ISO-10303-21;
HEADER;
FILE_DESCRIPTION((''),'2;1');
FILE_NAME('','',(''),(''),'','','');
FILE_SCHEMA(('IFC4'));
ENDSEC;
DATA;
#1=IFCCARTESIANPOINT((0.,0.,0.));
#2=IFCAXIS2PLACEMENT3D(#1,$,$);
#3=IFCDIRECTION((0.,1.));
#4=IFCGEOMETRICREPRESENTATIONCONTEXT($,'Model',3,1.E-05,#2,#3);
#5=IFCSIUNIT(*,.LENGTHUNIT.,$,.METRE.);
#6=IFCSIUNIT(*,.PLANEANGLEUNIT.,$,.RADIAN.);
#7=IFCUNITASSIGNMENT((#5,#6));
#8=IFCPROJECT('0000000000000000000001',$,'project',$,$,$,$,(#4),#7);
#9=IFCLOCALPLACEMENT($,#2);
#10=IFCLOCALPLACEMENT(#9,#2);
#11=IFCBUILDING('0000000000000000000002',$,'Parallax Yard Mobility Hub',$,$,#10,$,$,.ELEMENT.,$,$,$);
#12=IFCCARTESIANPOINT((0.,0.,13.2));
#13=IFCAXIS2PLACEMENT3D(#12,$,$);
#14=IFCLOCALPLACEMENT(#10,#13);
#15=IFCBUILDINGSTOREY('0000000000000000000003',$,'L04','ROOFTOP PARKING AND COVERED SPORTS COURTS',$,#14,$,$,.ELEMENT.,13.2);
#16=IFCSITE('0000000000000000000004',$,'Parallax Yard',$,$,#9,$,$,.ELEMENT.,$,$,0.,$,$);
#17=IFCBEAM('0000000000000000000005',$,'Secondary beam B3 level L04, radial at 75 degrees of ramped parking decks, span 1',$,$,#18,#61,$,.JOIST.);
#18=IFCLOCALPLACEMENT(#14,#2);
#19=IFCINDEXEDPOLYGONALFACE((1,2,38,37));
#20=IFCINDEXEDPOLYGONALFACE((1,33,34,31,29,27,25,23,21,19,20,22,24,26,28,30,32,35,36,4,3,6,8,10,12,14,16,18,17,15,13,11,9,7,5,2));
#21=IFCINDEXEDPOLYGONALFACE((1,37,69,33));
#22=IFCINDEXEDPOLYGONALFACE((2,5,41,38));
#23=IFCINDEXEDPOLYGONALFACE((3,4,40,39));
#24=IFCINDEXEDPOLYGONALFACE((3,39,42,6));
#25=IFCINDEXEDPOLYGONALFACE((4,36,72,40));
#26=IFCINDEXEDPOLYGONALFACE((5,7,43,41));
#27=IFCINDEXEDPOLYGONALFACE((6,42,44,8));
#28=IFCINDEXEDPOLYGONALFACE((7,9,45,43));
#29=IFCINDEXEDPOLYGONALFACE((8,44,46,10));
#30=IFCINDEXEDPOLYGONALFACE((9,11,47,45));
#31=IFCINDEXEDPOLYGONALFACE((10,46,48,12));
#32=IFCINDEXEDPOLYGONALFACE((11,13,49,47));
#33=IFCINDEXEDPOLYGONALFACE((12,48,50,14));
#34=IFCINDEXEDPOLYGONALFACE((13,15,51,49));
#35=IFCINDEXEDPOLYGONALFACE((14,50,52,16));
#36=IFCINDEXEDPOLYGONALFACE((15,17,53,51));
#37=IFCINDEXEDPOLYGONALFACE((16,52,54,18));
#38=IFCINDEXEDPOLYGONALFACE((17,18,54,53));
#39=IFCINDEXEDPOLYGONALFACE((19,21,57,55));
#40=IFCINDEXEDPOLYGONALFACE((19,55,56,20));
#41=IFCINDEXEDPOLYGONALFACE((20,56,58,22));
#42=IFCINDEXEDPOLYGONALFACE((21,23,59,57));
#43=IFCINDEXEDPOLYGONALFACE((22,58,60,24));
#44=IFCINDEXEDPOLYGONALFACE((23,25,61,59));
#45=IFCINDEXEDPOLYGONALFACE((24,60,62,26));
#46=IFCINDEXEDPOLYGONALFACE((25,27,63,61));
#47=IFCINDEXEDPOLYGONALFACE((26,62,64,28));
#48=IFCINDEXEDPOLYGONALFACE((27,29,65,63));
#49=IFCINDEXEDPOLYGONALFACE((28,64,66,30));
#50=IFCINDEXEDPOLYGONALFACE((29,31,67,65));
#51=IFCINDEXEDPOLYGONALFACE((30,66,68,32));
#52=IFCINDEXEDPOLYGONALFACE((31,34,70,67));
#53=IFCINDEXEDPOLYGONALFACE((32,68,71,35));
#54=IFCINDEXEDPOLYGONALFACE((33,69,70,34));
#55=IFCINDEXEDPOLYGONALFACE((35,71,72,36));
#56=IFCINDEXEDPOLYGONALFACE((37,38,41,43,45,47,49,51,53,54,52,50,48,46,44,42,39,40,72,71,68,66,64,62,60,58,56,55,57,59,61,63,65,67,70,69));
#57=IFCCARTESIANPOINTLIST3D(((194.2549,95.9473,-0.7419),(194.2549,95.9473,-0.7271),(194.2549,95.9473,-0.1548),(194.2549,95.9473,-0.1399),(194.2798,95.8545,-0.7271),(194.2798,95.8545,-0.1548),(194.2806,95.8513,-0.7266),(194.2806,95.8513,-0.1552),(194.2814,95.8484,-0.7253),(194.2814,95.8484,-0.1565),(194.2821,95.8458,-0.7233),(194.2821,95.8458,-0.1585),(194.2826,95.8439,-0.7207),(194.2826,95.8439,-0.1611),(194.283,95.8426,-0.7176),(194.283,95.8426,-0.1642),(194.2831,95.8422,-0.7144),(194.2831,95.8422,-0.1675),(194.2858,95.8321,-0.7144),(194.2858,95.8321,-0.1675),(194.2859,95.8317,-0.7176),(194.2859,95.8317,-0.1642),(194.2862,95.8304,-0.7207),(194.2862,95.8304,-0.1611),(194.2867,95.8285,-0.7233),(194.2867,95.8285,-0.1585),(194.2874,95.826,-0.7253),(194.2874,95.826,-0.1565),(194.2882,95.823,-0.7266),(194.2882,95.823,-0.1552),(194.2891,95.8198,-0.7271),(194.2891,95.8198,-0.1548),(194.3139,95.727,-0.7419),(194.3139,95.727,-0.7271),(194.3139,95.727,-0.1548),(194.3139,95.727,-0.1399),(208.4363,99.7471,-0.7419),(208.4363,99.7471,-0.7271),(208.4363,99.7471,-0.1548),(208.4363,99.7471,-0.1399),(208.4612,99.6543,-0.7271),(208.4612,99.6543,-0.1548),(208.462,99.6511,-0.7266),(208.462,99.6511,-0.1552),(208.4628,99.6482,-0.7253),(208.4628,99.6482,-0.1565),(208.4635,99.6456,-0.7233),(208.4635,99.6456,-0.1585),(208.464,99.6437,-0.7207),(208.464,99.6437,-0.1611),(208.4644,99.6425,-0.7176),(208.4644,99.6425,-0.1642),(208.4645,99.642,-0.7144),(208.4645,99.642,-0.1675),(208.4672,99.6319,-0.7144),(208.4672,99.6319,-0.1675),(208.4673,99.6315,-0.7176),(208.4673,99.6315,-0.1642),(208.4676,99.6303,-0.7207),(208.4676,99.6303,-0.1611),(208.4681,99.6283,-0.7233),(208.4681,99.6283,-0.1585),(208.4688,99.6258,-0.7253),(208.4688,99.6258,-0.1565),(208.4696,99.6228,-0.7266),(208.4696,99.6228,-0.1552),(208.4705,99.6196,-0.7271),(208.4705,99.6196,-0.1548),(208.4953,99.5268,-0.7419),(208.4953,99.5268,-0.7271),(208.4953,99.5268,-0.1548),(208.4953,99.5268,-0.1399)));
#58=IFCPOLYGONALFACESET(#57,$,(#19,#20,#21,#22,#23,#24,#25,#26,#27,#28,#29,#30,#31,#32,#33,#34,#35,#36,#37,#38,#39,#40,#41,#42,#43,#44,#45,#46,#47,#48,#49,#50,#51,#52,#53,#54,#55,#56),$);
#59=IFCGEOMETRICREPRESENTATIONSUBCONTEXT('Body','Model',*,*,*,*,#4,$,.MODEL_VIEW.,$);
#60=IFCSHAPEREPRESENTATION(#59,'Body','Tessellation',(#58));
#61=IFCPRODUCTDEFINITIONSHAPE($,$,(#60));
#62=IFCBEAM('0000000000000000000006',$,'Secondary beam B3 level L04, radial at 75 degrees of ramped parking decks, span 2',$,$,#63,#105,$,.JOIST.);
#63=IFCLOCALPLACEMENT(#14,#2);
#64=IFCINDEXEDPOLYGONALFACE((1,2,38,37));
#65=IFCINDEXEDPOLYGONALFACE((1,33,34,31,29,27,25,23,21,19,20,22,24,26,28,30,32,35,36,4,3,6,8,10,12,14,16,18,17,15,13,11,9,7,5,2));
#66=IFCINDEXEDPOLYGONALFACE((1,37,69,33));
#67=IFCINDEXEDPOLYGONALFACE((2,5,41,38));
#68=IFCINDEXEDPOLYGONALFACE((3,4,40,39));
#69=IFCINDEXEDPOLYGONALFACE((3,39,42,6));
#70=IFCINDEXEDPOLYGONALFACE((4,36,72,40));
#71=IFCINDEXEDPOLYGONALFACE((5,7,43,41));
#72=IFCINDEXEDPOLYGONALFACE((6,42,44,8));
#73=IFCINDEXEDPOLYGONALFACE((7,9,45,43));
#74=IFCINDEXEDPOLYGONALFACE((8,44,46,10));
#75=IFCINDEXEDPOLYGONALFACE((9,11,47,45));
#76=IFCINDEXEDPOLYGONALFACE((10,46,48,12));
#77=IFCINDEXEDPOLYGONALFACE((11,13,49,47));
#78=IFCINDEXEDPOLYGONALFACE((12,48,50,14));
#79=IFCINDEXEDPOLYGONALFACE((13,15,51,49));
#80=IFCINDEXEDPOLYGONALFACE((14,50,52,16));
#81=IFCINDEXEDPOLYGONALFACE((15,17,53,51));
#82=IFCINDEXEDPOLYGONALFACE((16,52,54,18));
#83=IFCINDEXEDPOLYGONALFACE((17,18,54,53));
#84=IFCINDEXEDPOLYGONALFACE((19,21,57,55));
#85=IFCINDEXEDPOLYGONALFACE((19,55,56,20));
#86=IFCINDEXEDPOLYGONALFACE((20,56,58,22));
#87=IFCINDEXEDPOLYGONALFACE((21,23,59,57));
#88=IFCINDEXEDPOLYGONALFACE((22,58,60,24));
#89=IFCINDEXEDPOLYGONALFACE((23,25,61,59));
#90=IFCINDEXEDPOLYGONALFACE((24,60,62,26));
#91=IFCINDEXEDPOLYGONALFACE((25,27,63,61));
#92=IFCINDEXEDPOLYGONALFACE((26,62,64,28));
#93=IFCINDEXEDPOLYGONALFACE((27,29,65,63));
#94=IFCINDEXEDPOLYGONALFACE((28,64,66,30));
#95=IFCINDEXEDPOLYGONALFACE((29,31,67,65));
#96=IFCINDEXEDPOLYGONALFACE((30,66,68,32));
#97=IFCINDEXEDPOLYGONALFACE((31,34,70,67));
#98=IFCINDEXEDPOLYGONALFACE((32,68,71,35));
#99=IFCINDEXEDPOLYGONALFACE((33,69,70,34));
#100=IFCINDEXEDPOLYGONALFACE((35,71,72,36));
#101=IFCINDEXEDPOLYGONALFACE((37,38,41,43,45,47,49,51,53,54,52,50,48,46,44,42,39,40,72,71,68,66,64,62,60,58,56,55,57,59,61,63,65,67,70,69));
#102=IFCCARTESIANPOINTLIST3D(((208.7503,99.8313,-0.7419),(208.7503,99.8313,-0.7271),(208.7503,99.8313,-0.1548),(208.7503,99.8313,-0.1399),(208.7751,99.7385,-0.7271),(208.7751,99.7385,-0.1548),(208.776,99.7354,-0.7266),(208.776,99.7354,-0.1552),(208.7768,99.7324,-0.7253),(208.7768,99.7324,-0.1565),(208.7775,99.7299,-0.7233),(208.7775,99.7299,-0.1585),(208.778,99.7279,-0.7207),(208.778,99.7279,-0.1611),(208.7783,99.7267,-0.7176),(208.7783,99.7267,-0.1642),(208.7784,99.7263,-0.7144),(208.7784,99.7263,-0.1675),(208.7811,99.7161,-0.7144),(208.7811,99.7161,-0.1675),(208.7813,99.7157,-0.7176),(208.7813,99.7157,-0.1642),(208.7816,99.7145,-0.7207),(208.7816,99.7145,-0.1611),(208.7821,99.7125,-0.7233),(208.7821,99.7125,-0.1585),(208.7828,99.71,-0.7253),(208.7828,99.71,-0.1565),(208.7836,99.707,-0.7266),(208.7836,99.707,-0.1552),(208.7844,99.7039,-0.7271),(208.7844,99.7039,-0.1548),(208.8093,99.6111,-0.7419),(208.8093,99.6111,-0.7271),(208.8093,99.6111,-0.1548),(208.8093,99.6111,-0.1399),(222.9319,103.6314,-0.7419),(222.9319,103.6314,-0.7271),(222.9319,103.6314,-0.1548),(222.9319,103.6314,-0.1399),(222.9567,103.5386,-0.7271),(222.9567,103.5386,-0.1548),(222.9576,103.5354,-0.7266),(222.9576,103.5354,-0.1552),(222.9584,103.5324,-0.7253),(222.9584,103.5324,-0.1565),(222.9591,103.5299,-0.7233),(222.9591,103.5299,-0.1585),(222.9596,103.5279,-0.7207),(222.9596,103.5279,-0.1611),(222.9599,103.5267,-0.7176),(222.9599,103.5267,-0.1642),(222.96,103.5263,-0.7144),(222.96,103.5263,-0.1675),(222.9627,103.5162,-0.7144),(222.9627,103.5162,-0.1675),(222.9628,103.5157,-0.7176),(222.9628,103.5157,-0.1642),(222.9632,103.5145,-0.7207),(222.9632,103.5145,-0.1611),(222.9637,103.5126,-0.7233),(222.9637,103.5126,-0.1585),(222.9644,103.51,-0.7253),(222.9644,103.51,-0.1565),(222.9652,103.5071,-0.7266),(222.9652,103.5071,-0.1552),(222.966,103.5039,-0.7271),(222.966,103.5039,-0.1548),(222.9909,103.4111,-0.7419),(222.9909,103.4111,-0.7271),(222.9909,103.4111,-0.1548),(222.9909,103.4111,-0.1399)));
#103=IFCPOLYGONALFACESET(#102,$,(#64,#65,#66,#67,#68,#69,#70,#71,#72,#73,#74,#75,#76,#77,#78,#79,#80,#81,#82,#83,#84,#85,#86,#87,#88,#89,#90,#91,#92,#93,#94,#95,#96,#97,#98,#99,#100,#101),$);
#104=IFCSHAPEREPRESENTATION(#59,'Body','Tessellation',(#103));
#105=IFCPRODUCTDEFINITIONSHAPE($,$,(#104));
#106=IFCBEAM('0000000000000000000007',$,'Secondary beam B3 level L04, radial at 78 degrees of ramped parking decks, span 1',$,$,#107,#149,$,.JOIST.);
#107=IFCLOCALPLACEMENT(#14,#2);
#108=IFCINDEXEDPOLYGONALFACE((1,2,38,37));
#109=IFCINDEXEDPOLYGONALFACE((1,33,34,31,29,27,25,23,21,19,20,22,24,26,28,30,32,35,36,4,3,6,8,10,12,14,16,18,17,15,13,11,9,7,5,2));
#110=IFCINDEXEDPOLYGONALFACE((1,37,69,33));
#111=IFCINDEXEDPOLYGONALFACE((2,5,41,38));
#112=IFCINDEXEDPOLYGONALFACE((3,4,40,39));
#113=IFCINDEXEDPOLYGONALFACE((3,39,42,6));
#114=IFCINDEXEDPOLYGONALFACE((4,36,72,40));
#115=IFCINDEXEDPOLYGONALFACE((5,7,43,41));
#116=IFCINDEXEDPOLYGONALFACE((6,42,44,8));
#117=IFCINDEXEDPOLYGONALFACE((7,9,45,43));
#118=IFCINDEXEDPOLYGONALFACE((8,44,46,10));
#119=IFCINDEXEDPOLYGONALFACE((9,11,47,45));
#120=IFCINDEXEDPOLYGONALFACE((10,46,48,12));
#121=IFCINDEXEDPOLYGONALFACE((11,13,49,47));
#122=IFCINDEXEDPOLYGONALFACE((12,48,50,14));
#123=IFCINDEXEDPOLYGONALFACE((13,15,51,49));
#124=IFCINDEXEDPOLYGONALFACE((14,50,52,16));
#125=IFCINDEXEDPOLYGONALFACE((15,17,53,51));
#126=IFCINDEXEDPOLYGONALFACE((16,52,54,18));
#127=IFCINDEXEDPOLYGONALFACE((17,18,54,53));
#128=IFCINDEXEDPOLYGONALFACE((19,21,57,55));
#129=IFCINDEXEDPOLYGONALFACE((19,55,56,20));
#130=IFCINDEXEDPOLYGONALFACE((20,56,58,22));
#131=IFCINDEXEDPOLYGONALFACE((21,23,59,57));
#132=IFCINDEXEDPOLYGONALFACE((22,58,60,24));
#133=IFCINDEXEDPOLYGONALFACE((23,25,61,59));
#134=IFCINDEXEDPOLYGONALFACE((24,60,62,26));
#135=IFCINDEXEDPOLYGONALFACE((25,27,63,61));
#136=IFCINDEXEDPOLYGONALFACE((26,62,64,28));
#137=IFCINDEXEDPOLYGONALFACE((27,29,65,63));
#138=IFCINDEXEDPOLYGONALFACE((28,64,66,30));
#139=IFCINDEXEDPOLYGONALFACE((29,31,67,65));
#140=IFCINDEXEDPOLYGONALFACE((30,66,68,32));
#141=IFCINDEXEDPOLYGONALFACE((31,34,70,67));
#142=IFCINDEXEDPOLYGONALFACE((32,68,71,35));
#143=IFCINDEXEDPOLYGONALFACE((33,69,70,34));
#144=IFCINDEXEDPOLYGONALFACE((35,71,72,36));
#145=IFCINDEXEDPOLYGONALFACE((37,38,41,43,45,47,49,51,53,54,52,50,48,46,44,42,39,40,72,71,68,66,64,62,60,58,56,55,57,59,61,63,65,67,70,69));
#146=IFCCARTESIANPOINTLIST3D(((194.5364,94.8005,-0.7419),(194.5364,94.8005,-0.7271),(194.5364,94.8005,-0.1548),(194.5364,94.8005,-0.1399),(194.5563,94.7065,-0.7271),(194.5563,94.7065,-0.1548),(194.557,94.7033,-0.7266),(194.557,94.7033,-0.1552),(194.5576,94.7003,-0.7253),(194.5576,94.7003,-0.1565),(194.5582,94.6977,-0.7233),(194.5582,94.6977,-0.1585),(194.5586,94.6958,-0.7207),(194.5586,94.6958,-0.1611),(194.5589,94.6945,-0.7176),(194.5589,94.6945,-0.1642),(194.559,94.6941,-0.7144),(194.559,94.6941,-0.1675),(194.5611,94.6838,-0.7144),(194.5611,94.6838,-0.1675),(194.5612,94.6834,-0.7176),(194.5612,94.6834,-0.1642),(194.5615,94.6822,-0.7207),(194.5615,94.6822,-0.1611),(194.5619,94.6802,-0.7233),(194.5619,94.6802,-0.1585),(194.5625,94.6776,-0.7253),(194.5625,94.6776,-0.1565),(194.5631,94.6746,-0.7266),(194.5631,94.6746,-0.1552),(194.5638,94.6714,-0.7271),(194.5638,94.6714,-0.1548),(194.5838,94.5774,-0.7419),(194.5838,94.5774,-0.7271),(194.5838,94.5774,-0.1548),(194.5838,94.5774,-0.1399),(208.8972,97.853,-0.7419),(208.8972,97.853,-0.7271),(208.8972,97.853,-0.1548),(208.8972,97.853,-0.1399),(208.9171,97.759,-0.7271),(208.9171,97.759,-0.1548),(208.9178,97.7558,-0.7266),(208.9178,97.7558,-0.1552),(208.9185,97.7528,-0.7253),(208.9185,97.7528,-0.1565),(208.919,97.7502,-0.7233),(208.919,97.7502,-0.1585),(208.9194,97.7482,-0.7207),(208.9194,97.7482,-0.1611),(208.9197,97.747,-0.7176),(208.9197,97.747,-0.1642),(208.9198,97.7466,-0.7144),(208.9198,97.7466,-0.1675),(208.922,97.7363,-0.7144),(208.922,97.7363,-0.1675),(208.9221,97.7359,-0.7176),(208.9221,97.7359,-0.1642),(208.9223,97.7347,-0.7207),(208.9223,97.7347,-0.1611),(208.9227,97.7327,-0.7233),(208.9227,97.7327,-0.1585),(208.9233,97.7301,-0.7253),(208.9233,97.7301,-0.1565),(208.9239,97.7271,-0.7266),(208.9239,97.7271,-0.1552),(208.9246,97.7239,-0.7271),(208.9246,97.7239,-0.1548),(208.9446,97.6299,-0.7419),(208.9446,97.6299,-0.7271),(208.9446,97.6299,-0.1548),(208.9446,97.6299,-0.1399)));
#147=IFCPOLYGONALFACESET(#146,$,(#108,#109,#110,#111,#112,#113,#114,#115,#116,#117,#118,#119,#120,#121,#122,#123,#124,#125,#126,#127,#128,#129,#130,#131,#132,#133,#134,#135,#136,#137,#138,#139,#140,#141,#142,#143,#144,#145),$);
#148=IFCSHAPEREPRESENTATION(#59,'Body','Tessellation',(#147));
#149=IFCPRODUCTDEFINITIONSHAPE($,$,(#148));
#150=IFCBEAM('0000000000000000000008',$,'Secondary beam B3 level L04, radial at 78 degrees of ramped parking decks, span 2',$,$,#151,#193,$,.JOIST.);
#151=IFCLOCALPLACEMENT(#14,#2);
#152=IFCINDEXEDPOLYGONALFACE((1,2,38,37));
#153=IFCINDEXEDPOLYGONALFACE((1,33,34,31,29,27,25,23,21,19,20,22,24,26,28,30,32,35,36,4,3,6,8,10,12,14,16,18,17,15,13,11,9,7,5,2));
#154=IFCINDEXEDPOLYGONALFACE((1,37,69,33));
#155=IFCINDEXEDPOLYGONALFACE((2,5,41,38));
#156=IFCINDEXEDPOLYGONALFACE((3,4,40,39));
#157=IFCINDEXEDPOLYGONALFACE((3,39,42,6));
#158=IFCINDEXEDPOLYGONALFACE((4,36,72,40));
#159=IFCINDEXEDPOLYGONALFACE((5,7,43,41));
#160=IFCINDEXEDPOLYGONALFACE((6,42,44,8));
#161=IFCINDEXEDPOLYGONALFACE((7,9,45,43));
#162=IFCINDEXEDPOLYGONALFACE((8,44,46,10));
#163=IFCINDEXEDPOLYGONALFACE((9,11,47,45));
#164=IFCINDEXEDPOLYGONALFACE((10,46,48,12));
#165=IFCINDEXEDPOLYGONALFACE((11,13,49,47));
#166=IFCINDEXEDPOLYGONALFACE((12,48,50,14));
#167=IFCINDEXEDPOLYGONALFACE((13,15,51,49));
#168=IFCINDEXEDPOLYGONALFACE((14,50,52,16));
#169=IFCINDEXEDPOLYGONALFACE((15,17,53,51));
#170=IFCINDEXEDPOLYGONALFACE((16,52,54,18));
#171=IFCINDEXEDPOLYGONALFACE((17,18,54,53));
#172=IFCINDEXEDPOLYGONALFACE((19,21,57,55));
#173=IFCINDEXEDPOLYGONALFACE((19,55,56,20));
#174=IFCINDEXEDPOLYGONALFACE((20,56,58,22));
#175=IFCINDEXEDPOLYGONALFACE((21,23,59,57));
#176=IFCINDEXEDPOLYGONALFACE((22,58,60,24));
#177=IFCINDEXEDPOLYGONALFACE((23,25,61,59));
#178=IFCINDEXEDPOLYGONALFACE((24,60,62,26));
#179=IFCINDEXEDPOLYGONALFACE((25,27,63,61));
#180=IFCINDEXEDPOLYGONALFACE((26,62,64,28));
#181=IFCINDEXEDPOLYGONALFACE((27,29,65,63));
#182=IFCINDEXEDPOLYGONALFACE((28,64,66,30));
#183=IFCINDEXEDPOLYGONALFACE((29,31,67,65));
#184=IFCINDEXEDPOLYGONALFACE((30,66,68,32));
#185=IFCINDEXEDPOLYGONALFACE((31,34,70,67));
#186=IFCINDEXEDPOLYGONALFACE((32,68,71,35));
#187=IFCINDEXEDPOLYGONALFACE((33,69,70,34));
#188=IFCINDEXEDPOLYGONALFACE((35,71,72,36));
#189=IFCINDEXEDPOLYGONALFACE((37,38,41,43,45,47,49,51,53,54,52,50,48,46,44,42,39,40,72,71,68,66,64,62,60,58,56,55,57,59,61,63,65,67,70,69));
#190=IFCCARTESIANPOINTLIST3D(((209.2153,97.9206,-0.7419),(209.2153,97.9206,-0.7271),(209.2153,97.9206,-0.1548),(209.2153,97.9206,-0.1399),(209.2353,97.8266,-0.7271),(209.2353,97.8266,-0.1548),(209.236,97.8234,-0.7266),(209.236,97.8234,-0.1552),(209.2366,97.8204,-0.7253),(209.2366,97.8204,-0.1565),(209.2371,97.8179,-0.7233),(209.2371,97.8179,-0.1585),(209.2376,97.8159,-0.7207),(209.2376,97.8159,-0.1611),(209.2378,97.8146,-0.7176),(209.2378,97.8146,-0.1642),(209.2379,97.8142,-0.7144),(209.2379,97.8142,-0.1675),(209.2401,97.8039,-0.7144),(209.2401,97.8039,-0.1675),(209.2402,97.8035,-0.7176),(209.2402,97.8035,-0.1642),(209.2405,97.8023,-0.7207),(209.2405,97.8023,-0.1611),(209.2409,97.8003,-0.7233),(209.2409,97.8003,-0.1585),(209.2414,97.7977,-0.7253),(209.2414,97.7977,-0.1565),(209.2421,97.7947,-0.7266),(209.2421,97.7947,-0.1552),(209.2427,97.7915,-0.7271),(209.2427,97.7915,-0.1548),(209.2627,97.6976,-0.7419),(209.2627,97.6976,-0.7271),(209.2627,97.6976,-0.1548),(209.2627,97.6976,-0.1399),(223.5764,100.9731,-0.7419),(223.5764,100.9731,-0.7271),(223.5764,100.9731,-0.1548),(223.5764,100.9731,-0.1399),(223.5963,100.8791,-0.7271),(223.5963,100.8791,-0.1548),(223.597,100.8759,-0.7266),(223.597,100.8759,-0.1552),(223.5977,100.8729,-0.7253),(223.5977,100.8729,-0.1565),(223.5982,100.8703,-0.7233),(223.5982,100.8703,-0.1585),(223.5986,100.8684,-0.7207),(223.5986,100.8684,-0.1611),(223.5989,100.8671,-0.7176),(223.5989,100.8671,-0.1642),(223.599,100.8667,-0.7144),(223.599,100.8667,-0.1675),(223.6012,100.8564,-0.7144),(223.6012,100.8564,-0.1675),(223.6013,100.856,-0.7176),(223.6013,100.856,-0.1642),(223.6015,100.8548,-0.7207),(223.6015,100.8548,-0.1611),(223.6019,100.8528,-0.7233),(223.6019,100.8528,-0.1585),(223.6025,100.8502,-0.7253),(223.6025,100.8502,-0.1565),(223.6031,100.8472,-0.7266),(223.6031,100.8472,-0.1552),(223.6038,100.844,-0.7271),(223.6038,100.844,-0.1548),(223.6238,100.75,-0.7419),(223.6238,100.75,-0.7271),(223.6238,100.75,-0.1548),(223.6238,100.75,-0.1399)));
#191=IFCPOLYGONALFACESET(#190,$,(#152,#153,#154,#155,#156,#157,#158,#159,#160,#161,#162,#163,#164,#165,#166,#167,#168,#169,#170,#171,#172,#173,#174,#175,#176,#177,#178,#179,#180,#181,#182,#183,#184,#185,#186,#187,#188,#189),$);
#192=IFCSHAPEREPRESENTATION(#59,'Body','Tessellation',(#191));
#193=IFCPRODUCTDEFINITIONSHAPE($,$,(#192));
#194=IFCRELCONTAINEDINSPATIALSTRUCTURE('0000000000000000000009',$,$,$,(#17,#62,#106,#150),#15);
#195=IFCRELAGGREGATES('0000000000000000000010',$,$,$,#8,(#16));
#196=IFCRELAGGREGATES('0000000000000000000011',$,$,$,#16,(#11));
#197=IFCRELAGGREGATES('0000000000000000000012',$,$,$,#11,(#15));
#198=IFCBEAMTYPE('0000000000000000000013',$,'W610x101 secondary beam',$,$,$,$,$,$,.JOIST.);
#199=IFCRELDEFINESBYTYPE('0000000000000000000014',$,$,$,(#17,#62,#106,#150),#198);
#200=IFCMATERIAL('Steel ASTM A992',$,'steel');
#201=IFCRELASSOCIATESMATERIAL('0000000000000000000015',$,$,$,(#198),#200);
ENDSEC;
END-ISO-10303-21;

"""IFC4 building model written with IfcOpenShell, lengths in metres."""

from ifc_helpers import new_model, si_unit, direction, frame, origin, origin_2d, place, context, subcontext, project, spatial, i_section, extrude, material, material_profile, profile_set, type_object, element, save


model = new_model("IFC4")

# Units and contexts
model_context = context("Model", 3, precision=1e-05, world=origin(), true_north=direction((0.0, 1.0)))
body_context = subcontext(model_context, "Body", "Model", "MODEL_VIEW")
ifc_project = project(units=[si_unit("LENGTHUNIT", "METRE"), si_unit("PLANEANGLEUNIT", "RADIAN")], contexts=[model_context])

# Site, building, storey
site_placement = place(None, origin())
site = spatial("IfcSite", under=ifc_project, at=site_placement, Name="Parallax Yard", CompositionType="ELEMENT", RefElevation=0.0)
building_placement = place(site_placement, origin())
building = spatial("IfcBuilding", under=site, at=building_placement, Name="Parallax Yard Mobility Hub", CompositionType="ELEMENT")
storey_placement = place(building_placement, frame((0.0, 0.0, 13.2)))
storey = spatial("IfcBuildingStorey", under=building, at=storey_placement, Name="L04", Description="ROOFTOP PARKING AND COVERED SPORTS COURTS", CompositionType="ELEMENT", Elevation=13.2)

# Shared definitions
ifc_material_1 = material(Name="Steel ASTM A992", Category="steel")

# Beams
ifc_material_profile_1 = material_profile(ifc_material_1, i_section(OverallWidth=0.228, OverallDepth=0.6021, WebThickness=0.0105, FlangeThickness=0.0149, FilletRadius=0.0127, at=origin_2d()), Name="W610x101")
ifc_profile_set_1 = profile_set([ifc_material_profile_1], Name="Steel ASTM A992")
beam_type_1 = type_object("IfcBeamType", Name="W610x101 secondary beam", PredefinedType="JOIST", material=ifc_profile_set_1)
beam_1_placement = place(storey_placement, frame((194.2844, 95.8372, -0.4409), z_axis=(0.965927, 0.258813, 0.0), x_axis=(-0.258813, 0.965927, 0.0)))
element("IfcBeam", 1, at=beam_1_placement, inside=storey, type_object=beam_type_1, Name="Secondary beam B3 level L04, radial at 75 degrees of ramped parking decks, span 1", PredefinedType="JOIST", context=body_context, shape_type="SweptSolid", body=[
    extrude(i_section(OverallWidth=0.228, OverallDepth=0.6021, WebThickness=0.0105, FlangeThickness=0.0149, FilletRadius=0.0127, at=origin_2d()), origin(), (0.0, 0.0, 1.0), 14.6816),
])
beam_2_placement = place(storey_placement, frame((208.7798, 99.7212, -0.4409), z_axis=(0.965924, 0.258825, 0.0), x_axis=(-0.258825, 0.965924, 0.0)))
element("IfcBeam", 2, at=beam_2_placement, inside=storey, type_object=beam_type_1, Name="Secondary beam B3 level L04, radial at 75 degrees of ramped parking decks, span 2", PredefinedType="JOIST", context=body_context, shape_type="SweptSolid", body=[
    extrude(i_section(OverallWidth=0.228, OverallDepth=0.6021, WebThickness=0.0105, FlangeThickness=0.0149, FilletRadius=0.0127, at=origin_2d()), origin(), (0.0, 0.0, 1.0), 14.6819),
])
beam_3_placement = place(storey_placement, frame((194.5601, 94.689, -0.4409), z_axis=(0.978148, 0.207912, 0.0), x_axis=(-0.207912, 0.978148, 0.0)))
element("IfcBeam", 3, at=beam_3_placement, inside=storey, type_object=beam_type_1, Name="Secondary beam B3 level L04, radial at 78 degrees of ramped parking decks, span 1", PredefinedType="JOIST", context=body_context, shape_type="SweptSolid", body=[
    extrude(i_section(OverallWidth=0.228, OverallDepth=0.6021, WebThickness=0.0105, FlangeThickness=0.0149, FilletRadius=0.0127, at=origin_2d()), origin(), (0.0, 0.0, 1.0), 14.6816),
])
beam_4_placement = place(storey_placement, frame((209.239, 97.8091, -0.4409), z_axis=(0.978148, 0.207908, 0.0), x_axis=(-0.207908, 0.978148, 0.0)))
element("IfcBeam", 4, at=beam_4_placement, inside=storey, type_object=beam_type_1, Name="Secondary beam B3 level L04, radial at 78 degrees of ramped parking decks, span 2", PredefinedType="JOIST", context=body_context, shape_type="SweptSolid", body=[
    extrude(i_section(OverallWidth=0.228, OverallDepth=0.6021, WebThickness=0.0105, FlangeThickness=0.0149, FilletRadius=0.0127, at=origin_2d()), origin(), (0.0, 0.0, 1.0), 14.6819),
])

save(model, "model.ifc")
